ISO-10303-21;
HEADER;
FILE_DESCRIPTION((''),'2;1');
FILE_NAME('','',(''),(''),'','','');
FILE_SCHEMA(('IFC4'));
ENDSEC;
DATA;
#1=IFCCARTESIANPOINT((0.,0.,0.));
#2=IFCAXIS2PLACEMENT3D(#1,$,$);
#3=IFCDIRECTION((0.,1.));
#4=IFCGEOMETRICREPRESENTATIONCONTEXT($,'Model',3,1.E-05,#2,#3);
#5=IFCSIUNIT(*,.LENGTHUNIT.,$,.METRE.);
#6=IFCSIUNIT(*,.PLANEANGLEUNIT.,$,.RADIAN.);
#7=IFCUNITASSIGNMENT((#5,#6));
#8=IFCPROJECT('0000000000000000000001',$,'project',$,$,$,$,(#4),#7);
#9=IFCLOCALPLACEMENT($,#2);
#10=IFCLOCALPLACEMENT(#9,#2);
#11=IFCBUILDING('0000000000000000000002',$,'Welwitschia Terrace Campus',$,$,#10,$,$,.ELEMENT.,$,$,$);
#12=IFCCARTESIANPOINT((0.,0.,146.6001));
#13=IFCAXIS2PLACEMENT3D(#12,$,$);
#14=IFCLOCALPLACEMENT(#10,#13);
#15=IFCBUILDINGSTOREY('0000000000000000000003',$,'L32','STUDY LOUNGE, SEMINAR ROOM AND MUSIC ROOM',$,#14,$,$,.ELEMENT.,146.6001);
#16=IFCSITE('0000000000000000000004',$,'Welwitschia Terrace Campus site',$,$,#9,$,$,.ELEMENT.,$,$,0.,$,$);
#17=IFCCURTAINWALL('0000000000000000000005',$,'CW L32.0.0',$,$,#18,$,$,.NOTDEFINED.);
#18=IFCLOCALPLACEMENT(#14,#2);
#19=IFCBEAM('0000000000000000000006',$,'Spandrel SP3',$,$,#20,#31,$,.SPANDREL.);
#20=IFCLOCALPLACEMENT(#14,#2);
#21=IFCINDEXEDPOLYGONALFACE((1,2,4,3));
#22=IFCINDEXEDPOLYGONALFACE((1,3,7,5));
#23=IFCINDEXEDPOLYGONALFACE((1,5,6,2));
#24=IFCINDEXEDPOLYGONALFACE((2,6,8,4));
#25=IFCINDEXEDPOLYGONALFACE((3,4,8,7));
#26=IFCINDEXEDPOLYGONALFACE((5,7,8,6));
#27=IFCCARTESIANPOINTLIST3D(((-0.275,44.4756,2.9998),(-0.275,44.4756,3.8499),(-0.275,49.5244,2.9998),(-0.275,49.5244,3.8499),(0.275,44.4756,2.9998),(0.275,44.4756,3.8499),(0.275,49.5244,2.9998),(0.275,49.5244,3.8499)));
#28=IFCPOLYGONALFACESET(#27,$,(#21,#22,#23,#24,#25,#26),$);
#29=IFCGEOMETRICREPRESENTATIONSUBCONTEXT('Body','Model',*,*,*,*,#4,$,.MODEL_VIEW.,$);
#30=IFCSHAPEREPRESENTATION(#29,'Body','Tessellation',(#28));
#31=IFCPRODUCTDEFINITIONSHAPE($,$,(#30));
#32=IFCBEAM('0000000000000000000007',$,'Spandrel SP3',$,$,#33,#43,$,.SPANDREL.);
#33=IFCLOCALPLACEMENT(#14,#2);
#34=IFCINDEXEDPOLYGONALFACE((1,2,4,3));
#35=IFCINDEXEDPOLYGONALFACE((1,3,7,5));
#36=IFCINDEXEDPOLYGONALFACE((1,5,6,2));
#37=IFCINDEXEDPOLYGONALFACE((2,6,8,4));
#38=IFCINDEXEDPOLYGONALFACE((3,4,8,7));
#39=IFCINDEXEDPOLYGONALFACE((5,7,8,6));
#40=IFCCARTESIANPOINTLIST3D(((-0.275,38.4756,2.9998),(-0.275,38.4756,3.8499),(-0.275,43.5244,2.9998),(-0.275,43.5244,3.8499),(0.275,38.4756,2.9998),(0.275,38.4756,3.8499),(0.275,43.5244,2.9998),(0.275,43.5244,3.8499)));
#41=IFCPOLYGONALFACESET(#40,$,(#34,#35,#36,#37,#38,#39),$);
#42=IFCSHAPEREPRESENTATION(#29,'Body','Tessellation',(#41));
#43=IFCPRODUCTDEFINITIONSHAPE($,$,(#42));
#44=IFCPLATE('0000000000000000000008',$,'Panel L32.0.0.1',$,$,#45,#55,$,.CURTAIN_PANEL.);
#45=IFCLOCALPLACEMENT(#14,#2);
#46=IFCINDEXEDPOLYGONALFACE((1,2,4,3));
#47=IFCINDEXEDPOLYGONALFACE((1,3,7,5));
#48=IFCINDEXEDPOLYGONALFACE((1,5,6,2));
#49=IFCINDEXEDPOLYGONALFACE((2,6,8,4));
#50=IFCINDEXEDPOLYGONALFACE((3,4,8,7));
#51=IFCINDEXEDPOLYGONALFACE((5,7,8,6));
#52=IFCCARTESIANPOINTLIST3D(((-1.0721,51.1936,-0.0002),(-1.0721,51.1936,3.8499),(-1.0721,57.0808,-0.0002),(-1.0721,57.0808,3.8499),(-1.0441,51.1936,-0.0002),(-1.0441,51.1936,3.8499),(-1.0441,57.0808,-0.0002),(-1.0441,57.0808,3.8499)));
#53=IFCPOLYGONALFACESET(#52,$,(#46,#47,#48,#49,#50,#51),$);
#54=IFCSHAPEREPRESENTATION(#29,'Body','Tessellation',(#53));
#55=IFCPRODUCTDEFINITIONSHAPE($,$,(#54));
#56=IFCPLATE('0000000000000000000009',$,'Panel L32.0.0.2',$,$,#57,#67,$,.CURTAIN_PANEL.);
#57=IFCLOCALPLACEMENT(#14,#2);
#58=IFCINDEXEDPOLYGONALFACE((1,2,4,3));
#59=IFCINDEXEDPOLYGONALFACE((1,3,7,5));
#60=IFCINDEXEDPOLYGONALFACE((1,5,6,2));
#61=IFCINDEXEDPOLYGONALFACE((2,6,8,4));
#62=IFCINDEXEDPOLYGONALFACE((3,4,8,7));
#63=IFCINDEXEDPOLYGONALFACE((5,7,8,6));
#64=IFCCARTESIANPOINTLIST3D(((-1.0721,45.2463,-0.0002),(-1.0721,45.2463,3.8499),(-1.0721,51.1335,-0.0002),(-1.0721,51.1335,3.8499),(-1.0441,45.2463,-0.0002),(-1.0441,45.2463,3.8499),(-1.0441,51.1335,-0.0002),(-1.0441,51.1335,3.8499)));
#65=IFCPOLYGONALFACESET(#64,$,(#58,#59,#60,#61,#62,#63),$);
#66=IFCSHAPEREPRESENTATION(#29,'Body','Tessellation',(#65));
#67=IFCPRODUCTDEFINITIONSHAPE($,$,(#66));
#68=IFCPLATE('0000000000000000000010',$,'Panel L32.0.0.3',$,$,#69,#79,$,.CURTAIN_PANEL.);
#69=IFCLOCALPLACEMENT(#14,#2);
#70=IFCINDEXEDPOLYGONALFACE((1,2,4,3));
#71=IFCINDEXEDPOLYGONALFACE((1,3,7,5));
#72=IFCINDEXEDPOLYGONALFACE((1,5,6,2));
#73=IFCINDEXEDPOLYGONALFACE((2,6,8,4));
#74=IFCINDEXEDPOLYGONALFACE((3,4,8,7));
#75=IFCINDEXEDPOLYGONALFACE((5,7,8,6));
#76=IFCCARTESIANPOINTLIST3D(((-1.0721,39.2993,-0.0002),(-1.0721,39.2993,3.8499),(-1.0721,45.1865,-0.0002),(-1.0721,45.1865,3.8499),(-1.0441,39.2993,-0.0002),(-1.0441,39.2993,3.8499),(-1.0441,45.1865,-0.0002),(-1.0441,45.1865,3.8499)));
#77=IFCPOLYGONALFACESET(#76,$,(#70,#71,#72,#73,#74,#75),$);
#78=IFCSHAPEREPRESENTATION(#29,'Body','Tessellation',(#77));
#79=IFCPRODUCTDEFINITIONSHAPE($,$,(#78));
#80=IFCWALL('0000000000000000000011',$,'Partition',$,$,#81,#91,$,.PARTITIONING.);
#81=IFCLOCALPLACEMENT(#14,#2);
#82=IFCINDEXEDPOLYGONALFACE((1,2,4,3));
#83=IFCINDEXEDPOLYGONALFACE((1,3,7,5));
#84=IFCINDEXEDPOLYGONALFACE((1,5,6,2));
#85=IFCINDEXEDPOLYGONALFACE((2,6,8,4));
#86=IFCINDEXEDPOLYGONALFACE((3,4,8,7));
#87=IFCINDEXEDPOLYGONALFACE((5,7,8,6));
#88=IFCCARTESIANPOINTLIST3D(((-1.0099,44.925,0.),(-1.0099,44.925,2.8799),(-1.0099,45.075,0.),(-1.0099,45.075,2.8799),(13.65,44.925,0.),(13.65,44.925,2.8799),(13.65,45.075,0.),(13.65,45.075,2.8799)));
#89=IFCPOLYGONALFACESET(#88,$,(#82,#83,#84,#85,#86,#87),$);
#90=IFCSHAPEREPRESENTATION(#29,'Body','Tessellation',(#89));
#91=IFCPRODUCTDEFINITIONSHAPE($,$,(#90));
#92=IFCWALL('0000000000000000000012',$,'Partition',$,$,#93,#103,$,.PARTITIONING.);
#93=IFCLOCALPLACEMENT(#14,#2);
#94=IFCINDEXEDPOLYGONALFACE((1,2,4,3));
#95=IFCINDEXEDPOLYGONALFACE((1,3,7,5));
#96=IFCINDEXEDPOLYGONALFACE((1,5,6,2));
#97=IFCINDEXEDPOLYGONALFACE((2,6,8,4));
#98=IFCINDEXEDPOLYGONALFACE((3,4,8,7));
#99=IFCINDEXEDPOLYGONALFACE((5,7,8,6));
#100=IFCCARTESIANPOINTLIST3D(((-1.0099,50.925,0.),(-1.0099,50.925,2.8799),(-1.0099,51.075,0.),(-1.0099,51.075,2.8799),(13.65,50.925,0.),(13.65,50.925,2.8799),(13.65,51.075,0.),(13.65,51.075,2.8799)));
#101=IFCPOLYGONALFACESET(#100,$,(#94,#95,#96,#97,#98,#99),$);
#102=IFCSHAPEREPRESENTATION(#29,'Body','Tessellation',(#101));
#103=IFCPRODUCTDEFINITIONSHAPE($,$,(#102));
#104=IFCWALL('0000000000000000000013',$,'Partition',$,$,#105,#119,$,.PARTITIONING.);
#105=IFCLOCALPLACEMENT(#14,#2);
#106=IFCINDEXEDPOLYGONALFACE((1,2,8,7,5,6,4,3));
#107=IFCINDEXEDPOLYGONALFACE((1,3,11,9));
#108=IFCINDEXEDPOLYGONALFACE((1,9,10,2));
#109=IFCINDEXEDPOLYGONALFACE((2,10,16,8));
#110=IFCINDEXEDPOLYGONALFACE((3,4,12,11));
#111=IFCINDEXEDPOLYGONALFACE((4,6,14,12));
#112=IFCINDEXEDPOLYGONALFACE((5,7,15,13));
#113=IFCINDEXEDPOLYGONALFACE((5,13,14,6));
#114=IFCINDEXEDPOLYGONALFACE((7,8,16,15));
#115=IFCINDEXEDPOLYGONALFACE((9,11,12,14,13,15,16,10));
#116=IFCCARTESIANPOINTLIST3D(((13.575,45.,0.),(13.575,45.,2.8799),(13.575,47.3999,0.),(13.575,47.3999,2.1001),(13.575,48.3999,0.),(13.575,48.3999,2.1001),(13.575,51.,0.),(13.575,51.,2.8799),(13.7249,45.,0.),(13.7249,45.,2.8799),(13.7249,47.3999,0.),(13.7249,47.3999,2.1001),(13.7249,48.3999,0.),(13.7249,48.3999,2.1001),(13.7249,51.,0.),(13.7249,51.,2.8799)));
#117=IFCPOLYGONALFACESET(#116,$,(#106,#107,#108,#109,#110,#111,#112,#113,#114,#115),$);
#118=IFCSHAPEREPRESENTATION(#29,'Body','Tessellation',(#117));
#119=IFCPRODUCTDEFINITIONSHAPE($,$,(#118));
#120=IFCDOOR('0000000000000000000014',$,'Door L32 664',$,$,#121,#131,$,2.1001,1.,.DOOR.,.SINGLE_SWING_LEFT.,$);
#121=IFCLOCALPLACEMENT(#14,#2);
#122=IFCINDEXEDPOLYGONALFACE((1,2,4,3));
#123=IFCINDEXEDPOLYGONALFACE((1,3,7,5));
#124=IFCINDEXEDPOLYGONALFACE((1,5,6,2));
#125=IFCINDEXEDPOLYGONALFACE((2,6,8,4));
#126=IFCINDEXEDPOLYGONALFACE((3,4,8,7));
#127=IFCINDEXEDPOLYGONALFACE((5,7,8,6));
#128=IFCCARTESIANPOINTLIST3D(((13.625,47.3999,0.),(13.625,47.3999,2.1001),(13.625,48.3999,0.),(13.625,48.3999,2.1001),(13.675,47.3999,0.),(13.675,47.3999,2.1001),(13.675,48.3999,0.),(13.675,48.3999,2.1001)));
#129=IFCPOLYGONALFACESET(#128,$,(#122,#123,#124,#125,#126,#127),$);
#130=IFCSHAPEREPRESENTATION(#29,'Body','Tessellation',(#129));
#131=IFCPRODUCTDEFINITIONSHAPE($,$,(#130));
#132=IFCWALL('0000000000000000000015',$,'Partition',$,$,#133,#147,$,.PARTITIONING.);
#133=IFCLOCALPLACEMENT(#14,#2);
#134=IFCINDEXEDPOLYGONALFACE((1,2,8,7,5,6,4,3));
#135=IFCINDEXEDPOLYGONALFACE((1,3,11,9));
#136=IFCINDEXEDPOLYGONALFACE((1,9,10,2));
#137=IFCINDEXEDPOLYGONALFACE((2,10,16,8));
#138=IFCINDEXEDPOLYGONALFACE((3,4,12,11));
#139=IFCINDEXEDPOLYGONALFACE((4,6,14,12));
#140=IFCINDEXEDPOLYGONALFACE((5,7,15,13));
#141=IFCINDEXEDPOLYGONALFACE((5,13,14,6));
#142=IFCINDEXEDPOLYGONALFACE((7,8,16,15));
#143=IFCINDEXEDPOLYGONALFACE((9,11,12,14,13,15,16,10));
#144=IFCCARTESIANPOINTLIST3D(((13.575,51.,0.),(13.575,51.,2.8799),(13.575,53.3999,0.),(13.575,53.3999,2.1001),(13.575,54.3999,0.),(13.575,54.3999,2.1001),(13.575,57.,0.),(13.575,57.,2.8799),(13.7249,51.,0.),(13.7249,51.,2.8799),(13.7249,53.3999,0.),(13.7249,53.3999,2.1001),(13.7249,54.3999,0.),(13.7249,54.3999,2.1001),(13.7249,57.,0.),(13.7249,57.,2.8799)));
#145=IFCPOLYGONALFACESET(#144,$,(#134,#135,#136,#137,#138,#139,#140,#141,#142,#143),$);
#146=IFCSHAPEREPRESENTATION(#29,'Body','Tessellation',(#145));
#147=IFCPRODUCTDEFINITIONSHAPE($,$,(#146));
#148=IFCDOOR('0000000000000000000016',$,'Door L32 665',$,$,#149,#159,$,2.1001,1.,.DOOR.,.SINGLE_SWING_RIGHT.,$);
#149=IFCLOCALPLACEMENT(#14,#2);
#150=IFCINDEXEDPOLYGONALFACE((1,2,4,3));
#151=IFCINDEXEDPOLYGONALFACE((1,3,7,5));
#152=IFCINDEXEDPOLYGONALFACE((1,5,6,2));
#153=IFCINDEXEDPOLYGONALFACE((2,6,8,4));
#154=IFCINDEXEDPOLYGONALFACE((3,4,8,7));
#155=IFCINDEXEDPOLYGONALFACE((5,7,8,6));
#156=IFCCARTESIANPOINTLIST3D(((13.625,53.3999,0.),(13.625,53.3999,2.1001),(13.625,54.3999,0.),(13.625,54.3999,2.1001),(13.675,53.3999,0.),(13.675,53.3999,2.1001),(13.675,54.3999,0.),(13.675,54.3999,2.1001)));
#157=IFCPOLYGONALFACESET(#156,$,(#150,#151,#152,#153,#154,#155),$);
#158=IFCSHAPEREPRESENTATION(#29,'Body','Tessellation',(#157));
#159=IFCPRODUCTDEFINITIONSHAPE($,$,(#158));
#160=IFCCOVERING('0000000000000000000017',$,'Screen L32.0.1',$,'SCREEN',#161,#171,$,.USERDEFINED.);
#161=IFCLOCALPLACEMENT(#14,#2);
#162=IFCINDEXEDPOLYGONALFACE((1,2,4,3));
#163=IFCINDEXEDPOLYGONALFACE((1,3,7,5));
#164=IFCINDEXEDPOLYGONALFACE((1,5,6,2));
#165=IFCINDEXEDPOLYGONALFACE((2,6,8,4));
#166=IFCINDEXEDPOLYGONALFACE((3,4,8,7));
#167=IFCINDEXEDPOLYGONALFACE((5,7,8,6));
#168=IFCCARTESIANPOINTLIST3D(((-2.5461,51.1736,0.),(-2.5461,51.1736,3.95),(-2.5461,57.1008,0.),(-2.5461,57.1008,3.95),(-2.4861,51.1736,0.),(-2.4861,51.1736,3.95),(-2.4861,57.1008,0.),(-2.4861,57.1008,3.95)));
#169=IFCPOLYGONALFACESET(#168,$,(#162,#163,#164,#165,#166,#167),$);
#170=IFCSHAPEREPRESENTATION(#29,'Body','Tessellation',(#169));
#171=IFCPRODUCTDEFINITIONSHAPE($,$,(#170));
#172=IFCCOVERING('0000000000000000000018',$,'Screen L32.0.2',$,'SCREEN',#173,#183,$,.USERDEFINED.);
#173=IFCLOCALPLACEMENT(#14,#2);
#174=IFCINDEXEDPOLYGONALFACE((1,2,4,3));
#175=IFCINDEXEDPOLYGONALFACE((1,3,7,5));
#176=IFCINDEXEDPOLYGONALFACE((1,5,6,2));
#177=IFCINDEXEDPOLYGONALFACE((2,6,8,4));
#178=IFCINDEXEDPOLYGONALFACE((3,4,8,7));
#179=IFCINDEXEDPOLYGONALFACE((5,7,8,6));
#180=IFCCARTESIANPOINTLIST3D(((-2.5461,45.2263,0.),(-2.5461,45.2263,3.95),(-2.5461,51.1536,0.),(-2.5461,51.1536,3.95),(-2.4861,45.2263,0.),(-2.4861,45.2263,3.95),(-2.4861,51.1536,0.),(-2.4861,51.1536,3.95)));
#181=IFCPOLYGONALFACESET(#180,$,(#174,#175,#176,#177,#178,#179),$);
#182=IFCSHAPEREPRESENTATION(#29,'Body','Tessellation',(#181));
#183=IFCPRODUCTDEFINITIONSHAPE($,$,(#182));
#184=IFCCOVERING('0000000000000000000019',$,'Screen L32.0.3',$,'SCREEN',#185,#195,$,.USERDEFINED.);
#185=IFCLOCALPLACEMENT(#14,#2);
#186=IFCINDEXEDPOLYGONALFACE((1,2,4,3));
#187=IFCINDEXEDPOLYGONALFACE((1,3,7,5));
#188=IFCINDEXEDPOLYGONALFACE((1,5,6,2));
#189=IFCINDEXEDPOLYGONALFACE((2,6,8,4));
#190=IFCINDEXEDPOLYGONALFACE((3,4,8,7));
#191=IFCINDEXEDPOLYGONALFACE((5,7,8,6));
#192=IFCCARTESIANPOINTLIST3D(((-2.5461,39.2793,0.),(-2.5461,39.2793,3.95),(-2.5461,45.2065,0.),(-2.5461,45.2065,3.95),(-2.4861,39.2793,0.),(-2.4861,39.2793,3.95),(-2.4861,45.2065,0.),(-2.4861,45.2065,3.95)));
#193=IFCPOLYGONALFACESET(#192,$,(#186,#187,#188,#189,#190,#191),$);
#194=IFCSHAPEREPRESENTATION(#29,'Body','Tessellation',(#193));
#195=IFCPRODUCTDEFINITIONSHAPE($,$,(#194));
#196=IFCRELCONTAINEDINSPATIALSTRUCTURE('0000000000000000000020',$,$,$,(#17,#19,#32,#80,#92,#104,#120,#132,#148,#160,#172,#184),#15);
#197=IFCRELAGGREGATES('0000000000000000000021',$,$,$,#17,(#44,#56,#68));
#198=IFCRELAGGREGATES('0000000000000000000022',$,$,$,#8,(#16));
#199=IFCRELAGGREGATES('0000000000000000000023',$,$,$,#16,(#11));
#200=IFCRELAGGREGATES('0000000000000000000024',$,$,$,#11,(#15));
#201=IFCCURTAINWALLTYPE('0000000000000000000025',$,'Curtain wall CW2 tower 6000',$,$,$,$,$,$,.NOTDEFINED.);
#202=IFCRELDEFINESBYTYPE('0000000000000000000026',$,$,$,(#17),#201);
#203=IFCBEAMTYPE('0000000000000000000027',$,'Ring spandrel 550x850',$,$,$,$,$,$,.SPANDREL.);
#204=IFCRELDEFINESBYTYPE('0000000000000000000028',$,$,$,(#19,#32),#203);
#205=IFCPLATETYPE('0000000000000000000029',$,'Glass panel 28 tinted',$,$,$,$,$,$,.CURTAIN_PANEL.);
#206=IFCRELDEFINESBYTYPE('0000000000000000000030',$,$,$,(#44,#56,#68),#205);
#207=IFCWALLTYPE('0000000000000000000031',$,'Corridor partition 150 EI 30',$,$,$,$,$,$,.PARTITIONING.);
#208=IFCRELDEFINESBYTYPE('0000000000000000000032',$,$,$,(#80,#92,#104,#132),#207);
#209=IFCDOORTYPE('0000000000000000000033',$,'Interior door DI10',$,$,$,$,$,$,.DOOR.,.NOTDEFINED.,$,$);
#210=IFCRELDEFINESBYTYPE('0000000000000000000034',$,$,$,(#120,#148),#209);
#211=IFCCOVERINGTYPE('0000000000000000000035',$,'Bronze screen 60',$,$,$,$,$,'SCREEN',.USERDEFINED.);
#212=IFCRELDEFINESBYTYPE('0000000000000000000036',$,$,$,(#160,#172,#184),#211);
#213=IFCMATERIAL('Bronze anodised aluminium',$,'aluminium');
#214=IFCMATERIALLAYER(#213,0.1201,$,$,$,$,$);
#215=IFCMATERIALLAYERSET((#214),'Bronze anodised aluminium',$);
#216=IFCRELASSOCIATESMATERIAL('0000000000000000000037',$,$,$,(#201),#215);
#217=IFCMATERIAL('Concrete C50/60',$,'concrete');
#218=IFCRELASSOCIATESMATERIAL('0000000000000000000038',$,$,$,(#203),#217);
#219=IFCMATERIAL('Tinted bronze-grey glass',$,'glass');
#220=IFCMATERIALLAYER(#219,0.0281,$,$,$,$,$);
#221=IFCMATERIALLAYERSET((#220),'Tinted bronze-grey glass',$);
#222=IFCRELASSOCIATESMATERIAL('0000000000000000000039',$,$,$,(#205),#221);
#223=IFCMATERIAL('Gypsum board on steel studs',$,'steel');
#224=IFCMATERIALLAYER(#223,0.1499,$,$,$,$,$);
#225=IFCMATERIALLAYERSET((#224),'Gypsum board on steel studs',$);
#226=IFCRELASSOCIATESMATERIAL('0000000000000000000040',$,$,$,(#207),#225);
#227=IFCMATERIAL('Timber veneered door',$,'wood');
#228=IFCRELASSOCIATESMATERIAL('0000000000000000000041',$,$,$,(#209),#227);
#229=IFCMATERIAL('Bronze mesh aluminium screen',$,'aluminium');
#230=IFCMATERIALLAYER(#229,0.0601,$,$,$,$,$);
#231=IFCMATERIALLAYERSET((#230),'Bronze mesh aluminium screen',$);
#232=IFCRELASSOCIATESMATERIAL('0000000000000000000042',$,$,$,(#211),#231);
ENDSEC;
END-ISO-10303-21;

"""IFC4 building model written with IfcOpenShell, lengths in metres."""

from ifc_helpers import new_model, si_unit, direction, frame, frame_2d, origin, origin_2d, place, context, subcontext, project, spatial, rectangle, extrude, material, layer, layer_set, material_profile, profile_set, type_object, element, fill, aggregate, save


model = new_model("IFC4")

# Units and contexts
model_context = context("Model", 3, precision=1e-05, world=origin(), true_north=direction((0.0, 1.0)))
body_context = subcontext(model_context, "Body", "Model", "MODEL_VIEW")
ifc_project = project(units=[si_unit("LENGTHUNIT", "METRE"), si_unit("PLANEANGLEUNIT", "RADIAN")], contexts=[model_context])

# Site, building, storey
site_placement = place(None, origin())
site = spatial("IfcSite", under=ifc_project, at=site_placement, Name="Welwitschia Terrace Campus site", CompositionType="ELEMENT", RefElevation=0.0)
building_placement = place(site_placement, origin())
building = spatial("IfcBuilding", under=site, at=building_placement, Name="Welwitschia Terrace Campus", CompositionType="ELEMENT")
storey_placement = place(building_placement, frame((0.0, 0.0, 146.6001)))
storey = spatial("IfcBuildingStorey", under=building, at=storey_placement, Name="L32", Description="STUDY LOUNGE, SEMINAR ROOM AND MUSIC ROOM", CompositionType="ELEMENT", Elevation=146.6001)

# Curtain wall
ifc_material_1 = material(Name="Bronze anodised aluminium", Category="aluminium")
ifc_layer_1 = layer(ifc_material_1, 0.1201)
ifc_layer_set_1 = layer_set([ifc_layer_1], Name="Bronze anodised aluminium")
curtain_wall_type = type_object("IfcCurtainWallType", Name="Curtain wall CW2 tower 6000", PredefinedType="NOTDEFINED", material=ifc_layer_set_1)
curtain_wall_placement = place(storey_placement, origin())
curtain_wall = element("IfcCurtainWall", 1, at=curtain_wall_placement, inside=storey, type_object=curtain_wall_type, Name="CW L32.0.0", PredefinedType="NOTDEFINED")

# Beams
ifc_material_2 = material(Name="Concrete C50/60", Category="concrete")
ifc_material_profile_1 = material_profile(ifc_material_2, rectangle(XDim=0.55, YDim=0.8501, at=origin_2d()))
ifc_profile_set_1 = profile_set([ifc_material_profile_1], Name="Concrete C50/60")
beam_type_1 = type_object("IfcBeamType", Name="Ring spandrel 550x850", PredefinedType="SPANDREL", material=ifc_profile_set_1)
for number, where, z_axis, x_axis, name in (
    (2, (0.0, 49.5244, 3.4248), (0.0, -1.0, 0.0), (1.0, 0.0, 0.0), "Spandrel SP3"),
    (3, (0.0, 43.5244, 3.4248), (0.0, -1.0, 0.0), (1.0, 0.0, 0.0), "Spandrel SP3"),
):
    element("IfcBeam", number, at=place(storey_placement, frame(where, z_axis=z_axis, x_axis=x_axis)), inside=storey, type_object=beam_type_1, Name=name, PredefinedType="SPANDREL", context=body_context, shape_type="SweptSolid", body=[
        extrude(rectangle(XDim=0.55, YDim=0.8501, at=origin_2d()), origin(), (0.0, 0.0, 1.0), 5.0488),
    ])

# Plates
ifc_material_3 = material(Name="Tinted bronze-grey glass", Category="glass")
ifc_layer_2 = layer(ifc_material_3, 0.0281)
ifc_layer_set_2 = layer_set([ifc_layer_2], Name="Tinted bronze-grey glass")
plate_type = type_object("IfcPlateType", Name="Glass panel 28 tinted", PredefinedType="CURTAIN_PANEL", material=ifc_layer_set_2)
plate_1_placement = place(storey_placement, frame((-1.0581, 54.1372, -0.0002), z_axis=(0.0, 0.0, 1.0), x_axis=(0.0, -1.0, 0.0)))
plate_1 = element("IfcPlate", 4, at=plate_1_placement, type_object=plate_type, Name="Panel L32.0.0.1", PredefinedType="CURTAIN_PANEL", context=body_context, shape_type="SweptSolid", body=[
    extrude(rectangle(XDim=5.8872, YDim=0.0281, at=origin_2d()), origin(), (0.0, 0.0, 1.0), 3.8501),
])
plate_2_placement = place(storey_placement, frame((-1.0581, 48.1899, -0.0002), z_axis=(0.0, 0.0, 1.0), x_axis=(0.0, -1.0, 0.0)))
plate_2 = element("IfcPlate", 5, at=plate_2_placement, type_object=plate_type, Name="Panel L32.0.0.2", PredefinedType="CURTAIN_PANEL", context=body_context, shape_type="SweptSolid", body=[
    extrude(rectangle(XDim=5.8872, YDim=0.0281, at=origin_2d()), origin(), (0.0, 0.0, 1.0), 3.8501),
])
plate_3_placement = place(storey_placement, frame((-1.0581, 42.2429, -0.0002), z_axis=(0.0, 0.0, 1.0), x_axis=(0.0, -1.0, 0.0)))
plate_3 = element("IfcPlate", 6, at=plate_3_placement, type_object=plate_type, Name="Panel L32.0.0.3", PredefinedType="CURTAIN_PANEL", context=body_context, shape_type="SweptSolid", body=[
    extrude(rectangle(XDim=5.8872, YDim=0.0281, at=origin_2d()), origin(), (0.0, 0.0, 1.0), 3.8501),
])
aggregate(curtain_wall, [plate_1, plate_2, plate_3])

# Walls
ifc_material_4 = material(Name="Gypsum board on steel studs", Category="steel")
ifc_layer_3 = layer(ifc_material_4, 0.1499)
ifc_layer_set_3 = layer_set([ifc_layer_3], Name="Gypsum board on steel studs")
wall_type = type_object("IfcWallType", Name="Corridor partition 150 EI 30", PredefinedType="PARTITIONING", material=ifc_layer_set_3)
for number, where, z_axis, x_axis, name in (
    (7, (-1.01, 45.0, 0.0), (0.0, 0.0, 1.0), (1.0, 0.0, 0.0), "Partition"),
    (8, (-1.01, 51.0, 0.0), (0.0, 0.0, 1.0), (1.0, 0.0, 0.0), "Partition"),
):
    element("IfcWall", number, at=place(storey_placement, frame(where, z_axis=z_axis, x_axis=x_axis)), inside=storey, type_object=wall_type, Name=name, PredefinedType="PARTITIONING", context=body_context, shape_type="SweptSolid", body=[
        extrude(rectangle(XDim=14.6599, YDim=0.1499, at=frame_2d((7.3301, 0.0))), origin(), (0.0, 0.0, 1.0), 2.8799),
    ])

# Walls, openings, doors
wall_1_placement = place(storey_placement, frame((13.6499, 45.0, 0.0), z_axis=(0.0, 0.0, 1.0), x_axis=(0.0, 1.0, 0.0)))
wall_1 = element("IfcWall", 9, at=wall_1_placement, inside=storey, type_object=wall_type, Name="Partition", PredefinedType="PARTITIONING", context=body_context, shape_type="SweptSolid", body=[
    extrude(rectangle(XDim=6.0, YDim=0.1499, at=frame_2d((3.0, 0.0))), origin(), (0.0, 0.0, 1.0), 2.8799),
])
opening_1_placement = place(wall_1_placement, frame((2.3999, 0.0, 0.0)))
opening_1 = element("IfcOpeningElement", 10, at=opening_1_placement, cuts=wall_1, PredefinedType="OPENING", context=body_context, shape_type="SweptSolid", body=[
    extrude(rectangle(XDim=1.0, YDim=2.1001, at=frame_2d((0.5, 1.05))), frame((0.0, 0.085, 0.0), z_axis=(0.0, -1.0, 0.0), x_axis=(1.0, 0.0, 0.0)), (0.0, 0.0, 1.0), 0.1699),
])
ifc_material_5 = material(Name="Timber veneered door", Category="wood")
door_type = type_object("IfcDoorType", Name="Interior door DI10", OperationType="NOTDEFINED", PredefinedType="DOOR", material=ifc_material_5)
door_1_placement = place(opening_1_placement, origin())
door_1 = element("IfcDoor", 11, at=door_1_placement, inside=storey, type_object=door_type, Name="Door L32 664", OperationType="SINGLE_SWING_LEFT", OverallHeight=2.1001, OverallWidth=1.0, PredefinedType="DOOR", context=body_context, shape_type="SweptSolid", body=[
    extrude(rectangle(XDim=1.0, YDim=2.1001, at=frame_2d((0.5, 1.05))), frame((0.0, 0.0249, 0.0), z_axis=(0.0, -1.0, 0.0), x_axis=(1.0, 0.0, 0.0)), (0.0, 0.0, 1.0), 0.05),
])
fill(opening_1, door_1)
wall_2_placement = place(storey_placement, frame((13.6499, 51.0, 0.0), z_axis=(0.0, 0.0, 1.0), x_axis=(0.0, 1.0, 0.0)))
wall_2 = element("IfcWall", 12, at=wall_2_placement, inside=storey, type_object=wall_type, Name="Partition", PredefinedType="PARTITIONING", context=body_context, shape_type="SweptSolid", body=[
    extrude(rectangle(XDim=6.0, YDim=0.1499, at=frame_2d((3.0, 0.0))), origin(), (0.0, 0.0, 1.0), 2.8799),
])
opening_2_placement = place(wall_2_placement, frame((2.3999, 0.0, 0.0)))
opening_2 = element("IfcOpeningElement", 13, at=opening_2_placement, cuts=wall_2, PredefinedType="OPENING", context=body_context, shape_type="SweptSolid", body=[
    extrude(rectangle(XDim=1.0, YDim=2.1001, at=frame_2d((0.5, 1.05))), frame((0.0, 0.085, 0.0), z_axis=(0.0, -1.0, 0.0), x_axis=(1.0, 0.0, 0.0)), (0.0, 0.0, 1.0), 0.1699),
])
door_2_placement = place(opening_2_placement, origin())
door_2 = element("IfcDoor", 14, at=door_2_placement, inside=storey, type_object=door_type, Name="Door L32 665", OperationType="SINGLE_SWING_RIGHT", OverallHeight=2.1001, OverallWidth=1.0, PredefinedType="DOOR", context=body_context, shape_type="SweptSolid", body=[
    extrude(rectangle(XDim=1.0, YDim=2.1001, at=frame_2d((0.5, 1.05))), frame((0.0, 0.0249, 0.0), z_axis=(0.0, -1.0, 0.0), x_axis=(1.0, 0.0, 0.0)), (0.0, 0.0, 1.0), 0.05),
])
fill(opening_2, door_2)

# Coverings
ifc_material_6 = material(Name="Bronze mesh aluminium screen", Category="aluminium")
ifc_layer_4 = layer(ifc_material_6, 0.0601)
ifc_layer_set_4 = layer_set([ifc_layer_4], Name="Bronze mesh aluminium screen")
covering_type = type_object("IfcCoveringType", Name="Bronze screen 60", ElementType="SCREEN", PredefinedType="USERDEFINED", material=ifc_layer_set_4)
for number, where, z_axis, x_axis, name in (
    (15, (-2.5161, 54.1372, 0.0), (0.0, 0.0, 1.0), (0.0, -1.0, 0.0), "Screen L32.0.1"),
    (16, (-2.5161, 48.1899, 0.0), (0.0, 0.0, 1.0), (0.0, -1.0, 0.0), "Screen L32.0.2"),
    (17, (-2.5161, 42.2429, 0.0), (0.0, 0.0, 1.0), (0.0, -1.0, 0.0), "Screen L32.0.3"),
):
    element("IfcCovering", number, at=place(storey_placement, frame(where, z_axis=z_axis, x_axis=x_axis)), inside=storey, type_object=covering_type, Name=name, ObjectType="SCREEN", PredefinedType="USERDEFINED", context=body_context, shape_type="SweptSolid", body=[
        extrude(rectangle(XDim=5.9272, YDim=0.0601, at=origin_2d()), origin(), (0.0, 0.0, 1.0), 3.95),
    ])

save(model, "model.ifc")
